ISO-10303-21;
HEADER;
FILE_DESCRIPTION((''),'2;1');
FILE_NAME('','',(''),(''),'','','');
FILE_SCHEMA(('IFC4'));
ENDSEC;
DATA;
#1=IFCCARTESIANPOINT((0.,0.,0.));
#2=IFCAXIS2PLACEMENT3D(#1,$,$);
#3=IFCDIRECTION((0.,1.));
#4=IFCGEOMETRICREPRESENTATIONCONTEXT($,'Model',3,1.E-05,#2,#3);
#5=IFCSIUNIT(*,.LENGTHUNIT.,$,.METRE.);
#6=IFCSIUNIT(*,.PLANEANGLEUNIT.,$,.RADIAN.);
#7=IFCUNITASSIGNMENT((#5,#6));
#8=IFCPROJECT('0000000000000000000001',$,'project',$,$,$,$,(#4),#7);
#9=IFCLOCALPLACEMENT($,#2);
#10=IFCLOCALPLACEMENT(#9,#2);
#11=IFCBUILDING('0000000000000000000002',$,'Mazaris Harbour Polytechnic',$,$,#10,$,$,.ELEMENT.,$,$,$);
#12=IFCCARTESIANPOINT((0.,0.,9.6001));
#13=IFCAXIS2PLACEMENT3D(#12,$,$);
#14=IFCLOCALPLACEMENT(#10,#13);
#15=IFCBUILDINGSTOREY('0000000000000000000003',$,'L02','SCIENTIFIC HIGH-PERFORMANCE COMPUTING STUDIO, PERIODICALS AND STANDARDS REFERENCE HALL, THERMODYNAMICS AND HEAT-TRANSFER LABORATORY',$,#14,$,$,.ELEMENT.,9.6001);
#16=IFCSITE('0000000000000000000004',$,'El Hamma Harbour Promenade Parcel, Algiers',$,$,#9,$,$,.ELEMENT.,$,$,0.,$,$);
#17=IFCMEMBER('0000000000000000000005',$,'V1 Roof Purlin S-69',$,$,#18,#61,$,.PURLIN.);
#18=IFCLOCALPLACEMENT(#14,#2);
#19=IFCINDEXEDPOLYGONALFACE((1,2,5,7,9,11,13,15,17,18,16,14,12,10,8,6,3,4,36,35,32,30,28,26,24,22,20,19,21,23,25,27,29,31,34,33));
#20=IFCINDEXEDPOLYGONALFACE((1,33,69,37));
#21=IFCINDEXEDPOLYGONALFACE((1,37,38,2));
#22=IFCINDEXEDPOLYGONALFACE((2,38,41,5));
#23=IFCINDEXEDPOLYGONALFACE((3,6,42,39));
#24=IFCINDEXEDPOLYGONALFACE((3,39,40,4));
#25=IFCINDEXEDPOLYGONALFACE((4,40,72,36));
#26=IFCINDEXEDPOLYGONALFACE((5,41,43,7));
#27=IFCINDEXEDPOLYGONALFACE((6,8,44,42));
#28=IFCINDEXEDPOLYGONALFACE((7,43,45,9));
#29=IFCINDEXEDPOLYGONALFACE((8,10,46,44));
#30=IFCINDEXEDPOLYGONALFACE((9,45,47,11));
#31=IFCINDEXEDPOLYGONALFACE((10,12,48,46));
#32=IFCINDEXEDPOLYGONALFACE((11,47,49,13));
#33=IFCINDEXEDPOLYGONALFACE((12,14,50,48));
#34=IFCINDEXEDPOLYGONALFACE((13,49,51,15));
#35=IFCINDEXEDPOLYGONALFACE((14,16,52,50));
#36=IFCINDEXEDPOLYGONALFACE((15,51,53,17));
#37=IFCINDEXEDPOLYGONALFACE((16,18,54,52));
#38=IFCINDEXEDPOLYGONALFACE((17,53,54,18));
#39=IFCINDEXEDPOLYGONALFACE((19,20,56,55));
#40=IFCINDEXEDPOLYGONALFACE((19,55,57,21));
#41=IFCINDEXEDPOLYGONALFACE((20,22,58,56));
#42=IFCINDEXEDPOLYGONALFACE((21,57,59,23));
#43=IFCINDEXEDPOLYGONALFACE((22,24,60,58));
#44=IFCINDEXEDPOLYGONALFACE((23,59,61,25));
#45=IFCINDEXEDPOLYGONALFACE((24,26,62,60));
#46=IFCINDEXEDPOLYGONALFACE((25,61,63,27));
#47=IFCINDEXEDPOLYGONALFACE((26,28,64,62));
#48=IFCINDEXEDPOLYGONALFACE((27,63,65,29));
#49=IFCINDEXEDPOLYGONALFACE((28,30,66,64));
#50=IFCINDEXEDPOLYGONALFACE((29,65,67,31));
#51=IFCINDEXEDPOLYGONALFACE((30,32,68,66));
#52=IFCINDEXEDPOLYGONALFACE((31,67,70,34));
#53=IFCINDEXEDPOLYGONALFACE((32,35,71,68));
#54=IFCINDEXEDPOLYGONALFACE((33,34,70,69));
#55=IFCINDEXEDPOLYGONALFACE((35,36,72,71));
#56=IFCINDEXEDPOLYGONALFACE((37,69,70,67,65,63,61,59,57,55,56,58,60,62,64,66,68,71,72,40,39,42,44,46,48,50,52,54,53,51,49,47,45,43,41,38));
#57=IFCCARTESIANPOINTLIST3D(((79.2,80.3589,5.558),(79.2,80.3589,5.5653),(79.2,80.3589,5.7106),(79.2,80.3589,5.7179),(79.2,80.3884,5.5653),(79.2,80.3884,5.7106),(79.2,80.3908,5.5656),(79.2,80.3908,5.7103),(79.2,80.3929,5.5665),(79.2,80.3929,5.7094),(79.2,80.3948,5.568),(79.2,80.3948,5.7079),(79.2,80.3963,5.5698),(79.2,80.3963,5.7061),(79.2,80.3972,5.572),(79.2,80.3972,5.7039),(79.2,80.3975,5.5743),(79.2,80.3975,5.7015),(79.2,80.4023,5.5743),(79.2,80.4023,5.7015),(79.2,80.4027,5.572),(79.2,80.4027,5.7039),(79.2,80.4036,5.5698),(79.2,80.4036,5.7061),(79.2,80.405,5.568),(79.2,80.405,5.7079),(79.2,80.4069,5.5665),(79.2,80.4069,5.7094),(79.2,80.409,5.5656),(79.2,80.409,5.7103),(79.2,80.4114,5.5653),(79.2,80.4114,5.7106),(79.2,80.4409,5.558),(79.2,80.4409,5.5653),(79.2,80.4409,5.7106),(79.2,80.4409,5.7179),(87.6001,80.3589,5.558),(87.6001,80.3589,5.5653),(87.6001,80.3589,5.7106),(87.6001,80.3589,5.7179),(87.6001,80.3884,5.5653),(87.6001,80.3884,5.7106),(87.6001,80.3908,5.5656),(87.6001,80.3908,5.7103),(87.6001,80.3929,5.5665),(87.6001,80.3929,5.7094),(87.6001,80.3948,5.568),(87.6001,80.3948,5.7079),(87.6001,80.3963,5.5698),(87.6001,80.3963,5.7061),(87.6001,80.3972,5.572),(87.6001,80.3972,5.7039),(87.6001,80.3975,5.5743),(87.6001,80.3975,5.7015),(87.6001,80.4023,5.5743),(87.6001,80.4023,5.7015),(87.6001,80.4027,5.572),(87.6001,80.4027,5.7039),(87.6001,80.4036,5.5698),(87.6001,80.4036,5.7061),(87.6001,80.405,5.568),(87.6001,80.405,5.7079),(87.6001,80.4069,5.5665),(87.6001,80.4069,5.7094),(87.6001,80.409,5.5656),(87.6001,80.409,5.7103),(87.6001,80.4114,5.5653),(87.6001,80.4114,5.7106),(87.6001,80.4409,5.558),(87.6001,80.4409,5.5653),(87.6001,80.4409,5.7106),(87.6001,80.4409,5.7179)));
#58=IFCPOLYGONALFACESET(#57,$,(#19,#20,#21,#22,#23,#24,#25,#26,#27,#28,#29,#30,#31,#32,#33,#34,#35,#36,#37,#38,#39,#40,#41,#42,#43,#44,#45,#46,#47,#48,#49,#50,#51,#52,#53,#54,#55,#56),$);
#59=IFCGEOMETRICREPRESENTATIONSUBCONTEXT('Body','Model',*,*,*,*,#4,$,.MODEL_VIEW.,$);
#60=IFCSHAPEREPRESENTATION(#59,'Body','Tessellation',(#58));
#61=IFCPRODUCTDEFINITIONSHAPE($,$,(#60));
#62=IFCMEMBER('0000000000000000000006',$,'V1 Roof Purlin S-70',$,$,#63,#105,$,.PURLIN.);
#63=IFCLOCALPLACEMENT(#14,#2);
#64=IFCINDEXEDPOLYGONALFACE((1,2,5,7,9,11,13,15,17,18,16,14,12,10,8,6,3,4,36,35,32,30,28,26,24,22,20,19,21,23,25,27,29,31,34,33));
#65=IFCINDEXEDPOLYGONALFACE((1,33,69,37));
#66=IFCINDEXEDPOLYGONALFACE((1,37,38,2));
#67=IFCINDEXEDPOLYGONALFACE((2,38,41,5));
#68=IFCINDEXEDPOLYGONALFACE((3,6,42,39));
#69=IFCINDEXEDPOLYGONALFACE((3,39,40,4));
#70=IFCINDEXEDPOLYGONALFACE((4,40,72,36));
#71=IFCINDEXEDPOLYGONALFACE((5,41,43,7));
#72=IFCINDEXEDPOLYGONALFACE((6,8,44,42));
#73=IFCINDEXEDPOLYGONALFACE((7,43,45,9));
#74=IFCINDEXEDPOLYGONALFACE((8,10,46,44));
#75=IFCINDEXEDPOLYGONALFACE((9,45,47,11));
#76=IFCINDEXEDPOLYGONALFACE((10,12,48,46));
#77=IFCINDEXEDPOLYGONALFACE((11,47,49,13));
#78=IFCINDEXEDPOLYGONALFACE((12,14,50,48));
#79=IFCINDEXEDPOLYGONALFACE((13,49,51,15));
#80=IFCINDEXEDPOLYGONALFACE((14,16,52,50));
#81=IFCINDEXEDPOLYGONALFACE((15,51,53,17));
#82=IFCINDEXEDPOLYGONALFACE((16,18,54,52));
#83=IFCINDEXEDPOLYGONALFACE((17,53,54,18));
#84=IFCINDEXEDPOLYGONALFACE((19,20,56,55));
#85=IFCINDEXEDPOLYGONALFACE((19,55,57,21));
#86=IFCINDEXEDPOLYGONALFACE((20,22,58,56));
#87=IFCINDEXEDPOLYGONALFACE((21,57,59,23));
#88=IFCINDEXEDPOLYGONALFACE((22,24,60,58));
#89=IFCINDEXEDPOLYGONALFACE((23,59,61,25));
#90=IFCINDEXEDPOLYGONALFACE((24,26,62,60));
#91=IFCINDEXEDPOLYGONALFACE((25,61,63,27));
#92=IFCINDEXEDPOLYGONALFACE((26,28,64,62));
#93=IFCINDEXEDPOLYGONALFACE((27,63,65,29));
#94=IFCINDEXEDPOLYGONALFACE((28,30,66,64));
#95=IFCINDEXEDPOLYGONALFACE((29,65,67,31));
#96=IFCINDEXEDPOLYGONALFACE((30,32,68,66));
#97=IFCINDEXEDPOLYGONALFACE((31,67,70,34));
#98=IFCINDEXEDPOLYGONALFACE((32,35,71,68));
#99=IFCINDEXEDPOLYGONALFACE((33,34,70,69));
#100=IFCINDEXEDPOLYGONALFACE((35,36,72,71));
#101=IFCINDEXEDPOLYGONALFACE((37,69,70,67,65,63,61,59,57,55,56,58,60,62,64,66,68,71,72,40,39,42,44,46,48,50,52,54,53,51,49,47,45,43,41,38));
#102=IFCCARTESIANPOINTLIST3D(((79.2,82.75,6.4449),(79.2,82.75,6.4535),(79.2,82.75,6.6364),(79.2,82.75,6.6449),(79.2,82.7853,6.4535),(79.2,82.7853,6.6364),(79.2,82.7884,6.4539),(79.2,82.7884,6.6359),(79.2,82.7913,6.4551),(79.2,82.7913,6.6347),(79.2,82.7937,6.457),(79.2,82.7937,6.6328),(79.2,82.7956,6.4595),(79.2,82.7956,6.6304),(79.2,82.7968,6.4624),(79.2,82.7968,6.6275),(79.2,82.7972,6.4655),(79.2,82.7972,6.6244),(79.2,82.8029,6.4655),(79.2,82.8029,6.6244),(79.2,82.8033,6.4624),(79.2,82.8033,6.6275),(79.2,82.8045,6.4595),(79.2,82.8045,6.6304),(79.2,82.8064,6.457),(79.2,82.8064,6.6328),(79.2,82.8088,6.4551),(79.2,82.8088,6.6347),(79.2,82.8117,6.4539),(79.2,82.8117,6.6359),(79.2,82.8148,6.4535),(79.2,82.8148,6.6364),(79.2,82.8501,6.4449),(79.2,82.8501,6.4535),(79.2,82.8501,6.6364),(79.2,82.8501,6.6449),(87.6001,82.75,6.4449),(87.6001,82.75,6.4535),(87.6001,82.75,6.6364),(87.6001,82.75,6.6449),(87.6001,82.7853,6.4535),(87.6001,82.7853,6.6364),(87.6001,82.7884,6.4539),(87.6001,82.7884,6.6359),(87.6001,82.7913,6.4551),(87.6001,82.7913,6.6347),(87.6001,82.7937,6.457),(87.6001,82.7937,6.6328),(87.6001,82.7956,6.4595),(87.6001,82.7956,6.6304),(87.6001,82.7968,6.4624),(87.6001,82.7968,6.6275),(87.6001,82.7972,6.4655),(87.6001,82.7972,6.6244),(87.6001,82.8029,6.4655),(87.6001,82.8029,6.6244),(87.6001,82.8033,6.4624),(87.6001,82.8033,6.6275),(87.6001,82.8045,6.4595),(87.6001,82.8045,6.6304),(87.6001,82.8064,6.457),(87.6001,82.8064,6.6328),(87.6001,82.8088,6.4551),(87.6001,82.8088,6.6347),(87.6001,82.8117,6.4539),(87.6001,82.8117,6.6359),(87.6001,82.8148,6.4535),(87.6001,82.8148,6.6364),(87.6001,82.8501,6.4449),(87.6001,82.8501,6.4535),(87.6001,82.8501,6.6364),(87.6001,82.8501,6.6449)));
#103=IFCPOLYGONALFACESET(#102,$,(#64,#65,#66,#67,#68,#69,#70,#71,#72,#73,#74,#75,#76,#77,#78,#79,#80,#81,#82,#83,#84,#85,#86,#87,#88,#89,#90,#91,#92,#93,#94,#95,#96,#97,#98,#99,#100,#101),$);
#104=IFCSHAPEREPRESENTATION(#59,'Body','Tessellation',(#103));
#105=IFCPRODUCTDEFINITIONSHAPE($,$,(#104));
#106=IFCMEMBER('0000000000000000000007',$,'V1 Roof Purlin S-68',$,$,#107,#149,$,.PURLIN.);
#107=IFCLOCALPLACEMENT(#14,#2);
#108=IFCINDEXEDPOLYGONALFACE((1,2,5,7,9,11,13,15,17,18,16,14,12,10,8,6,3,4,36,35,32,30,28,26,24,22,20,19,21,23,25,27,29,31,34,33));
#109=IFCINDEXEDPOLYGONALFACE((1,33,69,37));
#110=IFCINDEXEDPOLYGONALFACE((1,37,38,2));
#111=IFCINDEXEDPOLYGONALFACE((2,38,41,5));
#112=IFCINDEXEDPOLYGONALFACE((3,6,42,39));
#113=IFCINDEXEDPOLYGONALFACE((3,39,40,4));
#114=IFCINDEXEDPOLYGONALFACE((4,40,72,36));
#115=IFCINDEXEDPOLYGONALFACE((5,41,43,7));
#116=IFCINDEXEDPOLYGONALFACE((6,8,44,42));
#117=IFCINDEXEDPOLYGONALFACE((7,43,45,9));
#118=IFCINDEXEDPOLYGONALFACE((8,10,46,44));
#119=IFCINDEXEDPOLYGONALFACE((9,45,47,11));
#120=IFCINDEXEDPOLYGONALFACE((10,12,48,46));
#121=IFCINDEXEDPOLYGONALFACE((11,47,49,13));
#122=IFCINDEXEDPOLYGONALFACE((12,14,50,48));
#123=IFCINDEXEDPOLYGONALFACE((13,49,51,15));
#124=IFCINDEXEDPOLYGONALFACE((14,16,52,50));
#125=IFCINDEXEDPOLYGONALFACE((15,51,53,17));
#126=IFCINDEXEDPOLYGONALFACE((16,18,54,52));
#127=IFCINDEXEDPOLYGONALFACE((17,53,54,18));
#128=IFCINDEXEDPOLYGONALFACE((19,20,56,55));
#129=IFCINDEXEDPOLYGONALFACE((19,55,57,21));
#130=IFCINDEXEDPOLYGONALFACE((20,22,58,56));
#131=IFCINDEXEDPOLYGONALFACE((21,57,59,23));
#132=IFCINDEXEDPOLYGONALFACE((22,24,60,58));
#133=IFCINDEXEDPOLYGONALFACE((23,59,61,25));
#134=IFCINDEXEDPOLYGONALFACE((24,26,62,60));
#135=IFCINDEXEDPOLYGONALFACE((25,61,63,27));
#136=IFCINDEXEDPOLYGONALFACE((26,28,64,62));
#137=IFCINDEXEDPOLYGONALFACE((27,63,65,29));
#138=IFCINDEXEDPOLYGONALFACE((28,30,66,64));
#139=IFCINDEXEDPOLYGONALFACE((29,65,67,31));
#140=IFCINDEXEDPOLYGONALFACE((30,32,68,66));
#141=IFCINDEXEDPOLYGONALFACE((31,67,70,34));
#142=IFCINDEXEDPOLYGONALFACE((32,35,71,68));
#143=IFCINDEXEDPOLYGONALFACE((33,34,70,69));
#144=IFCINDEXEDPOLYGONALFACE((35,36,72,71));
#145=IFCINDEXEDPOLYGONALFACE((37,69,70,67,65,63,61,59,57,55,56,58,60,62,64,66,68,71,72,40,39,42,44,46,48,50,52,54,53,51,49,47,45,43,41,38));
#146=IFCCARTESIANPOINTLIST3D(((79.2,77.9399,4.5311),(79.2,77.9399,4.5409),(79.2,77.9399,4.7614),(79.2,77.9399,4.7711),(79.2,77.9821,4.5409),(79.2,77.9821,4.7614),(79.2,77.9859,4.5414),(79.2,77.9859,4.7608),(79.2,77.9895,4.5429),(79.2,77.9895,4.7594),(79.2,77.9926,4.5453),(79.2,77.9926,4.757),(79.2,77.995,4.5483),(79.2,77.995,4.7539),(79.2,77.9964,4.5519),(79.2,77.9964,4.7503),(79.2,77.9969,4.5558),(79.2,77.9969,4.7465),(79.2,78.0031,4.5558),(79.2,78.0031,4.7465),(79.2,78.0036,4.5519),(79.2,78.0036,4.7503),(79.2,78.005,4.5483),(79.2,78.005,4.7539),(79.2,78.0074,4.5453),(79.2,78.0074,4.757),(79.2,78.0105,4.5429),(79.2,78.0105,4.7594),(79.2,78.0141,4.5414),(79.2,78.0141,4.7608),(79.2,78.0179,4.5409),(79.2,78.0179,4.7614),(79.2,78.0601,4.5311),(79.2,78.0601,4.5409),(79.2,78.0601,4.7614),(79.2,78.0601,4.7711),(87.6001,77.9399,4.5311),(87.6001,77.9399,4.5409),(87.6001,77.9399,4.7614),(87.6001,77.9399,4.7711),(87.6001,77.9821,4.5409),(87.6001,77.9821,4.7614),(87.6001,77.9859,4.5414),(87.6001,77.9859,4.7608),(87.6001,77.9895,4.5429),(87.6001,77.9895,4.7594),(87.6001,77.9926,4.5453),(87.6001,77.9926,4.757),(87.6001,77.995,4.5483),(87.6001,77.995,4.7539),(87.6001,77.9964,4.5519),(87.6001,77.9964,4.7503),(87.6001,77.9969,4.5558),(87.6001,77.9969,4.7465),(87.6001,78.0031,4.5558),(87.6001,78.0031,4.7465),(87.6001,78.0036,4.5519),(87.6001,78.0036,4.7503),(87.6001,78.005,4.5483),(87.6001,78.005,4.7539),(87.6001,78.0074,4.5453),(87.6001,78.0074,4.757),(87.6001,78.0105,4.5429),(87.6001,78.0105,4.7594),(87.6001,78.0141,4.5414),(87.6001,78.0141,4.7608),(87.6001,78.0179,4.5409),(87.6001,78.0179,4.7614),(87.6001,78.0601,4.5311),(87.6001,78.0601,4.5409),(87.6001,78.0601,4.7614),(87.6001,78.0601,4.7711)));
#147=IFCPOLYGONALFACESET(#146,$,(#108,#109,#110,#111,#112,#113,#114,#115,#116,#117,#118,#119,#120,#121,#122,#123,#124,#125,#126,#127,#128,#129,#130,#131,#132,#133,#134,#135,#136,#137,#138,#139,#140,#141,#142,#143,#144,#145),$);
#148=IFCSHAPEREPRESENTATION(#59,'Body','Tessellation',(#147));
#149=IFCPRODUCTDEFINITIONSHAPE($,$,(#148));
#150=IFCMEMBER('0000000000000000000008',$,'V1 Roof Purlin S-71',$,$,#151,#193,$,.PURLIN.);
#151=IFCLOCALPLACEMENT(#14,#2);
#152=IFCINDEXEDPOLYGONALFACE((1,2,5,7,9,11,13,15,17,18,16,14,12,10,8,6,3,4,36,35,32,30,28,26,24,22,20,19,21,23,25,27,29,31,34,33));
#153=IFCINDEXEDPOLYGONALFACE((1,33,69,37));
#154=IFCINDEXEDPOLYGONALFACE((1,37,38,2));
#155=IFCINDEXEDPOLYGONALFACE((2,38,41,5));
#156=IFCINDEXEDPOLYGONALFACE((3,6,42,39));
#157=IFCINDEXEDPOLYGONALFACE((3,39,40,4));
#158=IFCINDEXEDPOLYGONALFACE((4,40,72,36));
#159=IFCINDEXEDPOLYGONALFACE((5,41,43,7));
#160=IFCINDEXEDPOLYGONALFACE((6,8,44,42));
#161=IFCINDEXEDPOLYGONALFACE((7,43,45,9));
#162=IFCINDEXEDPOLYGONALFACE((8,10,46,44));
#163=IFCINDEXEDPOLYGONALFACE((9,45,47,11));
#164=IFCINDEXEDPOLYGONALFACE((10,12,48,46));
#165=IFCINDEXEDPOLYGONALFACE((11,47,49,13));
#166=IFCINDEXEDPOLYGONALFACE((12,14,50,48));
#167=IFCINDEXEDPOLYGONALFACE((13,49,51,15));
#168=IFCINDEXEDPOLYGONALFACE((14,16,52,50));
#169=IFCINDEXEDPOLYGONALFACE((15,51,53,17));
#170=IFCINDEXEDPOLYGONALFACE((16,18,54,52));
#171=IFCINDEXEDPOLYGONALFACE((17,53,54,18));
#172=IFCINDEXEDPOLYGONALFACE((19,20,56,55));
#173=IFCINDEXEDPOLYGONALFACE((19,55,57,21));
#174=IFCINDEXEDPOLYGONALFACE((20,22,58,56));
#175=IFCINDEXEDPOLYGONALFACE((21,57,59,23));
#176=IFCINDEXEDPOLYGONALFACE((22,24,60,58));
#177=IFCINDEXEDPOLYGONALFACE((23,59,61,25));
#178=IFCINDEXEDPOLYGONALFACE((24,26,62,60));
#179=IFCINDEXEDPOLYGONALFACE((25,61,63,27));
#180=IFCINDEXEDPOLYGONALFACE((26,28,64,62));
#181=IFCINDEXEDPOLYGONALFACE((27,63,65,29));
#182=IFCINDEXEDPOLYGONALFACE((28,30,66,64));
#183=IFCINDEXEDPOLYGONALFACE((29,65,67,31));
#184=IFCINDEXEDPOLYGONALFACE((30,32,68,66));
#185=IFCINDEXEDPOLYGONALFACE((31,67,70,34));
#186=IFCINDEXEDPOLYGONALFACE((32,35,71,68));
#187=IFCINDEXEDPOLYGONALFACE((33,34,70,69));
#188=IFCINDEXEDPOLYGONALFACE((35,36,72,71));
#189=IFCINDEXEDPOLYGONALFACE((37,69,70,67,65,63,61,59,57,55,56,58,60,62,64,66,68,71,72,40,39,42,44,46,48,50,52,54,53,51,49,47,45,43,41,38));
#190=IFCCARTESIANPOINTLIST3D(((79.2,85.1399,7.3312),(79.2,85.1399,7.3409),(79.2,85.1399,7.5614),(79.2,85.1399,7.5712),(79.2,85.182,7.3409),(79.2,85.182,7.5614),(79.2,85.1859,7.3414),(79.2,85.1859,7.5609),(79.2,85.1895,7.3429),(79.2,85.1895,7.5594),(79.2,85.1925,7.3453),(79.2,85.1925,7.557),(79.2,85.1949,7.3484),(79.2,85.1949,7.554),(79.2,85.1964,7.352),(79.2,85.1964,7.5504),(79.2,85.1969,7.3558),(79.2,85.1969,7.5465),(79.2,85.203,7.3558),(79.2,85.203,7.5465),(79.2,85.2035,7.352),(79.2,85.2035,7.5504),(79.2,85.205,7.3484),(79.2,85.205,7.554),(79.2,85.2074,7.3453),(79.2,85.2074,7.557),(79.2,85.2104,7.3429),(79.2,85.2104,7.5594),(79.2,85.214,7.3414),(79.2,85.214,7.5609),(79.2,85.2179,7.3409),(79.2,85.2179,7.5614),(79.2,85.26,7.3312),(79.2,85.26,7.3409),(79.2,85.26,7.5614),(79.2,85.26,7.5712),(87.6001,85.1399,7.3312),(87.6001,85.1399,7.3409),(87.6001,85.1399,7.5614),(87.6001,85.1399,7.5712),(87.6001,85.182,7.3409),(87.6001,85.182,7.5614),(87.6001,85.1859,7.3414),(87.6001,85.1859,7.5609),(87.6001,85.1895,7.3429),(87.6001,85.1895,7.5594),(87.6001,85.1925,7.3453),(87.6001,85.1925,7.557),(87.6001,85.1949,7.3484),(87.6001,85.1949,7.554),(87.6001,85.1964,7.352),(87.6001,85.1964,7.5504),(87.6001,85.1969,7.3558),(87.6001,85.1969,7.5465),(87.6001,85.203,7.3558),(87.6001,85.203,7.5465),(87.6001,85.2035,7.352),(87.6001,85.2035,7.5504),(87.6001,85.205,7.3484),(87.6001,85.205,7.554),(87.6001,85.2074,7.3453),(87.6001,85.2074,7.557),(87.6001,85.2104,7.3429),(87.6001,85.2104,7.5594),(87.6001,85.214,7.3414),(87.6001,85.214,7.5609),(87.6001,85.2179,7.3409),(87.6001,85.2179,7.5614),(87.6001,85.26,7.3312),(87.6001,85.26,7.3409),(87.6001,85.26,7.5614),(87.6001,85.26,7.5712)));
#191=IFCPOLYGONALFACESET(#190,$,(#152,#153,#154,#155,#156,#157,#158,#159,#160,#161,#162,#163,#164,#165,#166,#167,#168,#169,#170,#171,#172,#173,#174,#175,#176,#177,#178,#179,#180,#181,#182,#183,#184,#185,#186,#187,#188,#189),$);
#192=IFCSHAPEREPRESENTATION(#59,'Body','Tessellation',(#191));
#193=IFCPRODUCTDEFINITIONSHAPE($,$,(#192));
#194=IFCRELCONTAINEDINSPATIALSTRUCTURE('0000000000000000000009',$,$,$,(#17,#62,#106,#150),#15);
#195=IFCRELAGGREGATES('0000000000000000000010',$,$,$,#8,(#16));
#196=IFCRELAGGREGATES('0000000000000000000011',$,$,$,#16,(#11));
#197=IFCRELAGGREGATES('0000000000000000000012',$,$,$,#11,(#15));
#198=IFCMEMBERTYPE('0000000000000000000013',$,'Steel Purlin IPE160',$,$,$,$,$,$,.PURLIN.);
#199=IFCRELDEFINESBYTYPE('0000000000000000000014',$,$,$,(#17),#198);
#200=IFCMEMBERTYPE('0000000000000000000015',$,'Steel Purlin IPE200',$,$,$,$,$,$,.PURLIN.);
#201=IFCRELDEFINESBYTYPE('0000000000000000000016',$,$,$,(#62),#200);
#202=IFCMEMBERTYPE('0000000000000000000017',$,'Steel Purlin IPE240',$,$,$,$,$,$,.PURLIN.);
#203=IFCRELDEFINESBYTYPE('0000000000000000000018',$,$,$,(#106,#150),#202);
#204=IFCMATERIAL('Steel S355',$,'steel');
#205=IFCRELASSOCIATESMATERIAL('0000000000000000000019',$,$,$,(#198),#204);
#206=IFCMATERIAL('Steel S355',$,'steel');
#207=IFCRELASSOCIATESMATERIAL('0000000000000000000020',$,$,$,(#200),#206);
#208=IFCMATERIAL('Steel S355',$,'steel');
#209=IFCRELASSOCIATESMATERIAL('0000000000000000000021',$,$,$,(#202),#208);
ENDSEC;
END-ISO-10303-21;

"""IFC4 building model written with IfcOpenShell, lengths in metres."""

from ifc_helpers import new_model, si_unit, direction, frame, origin, origin_2d, place, context, subcontext, project, spatial, i_section, extrude, material, material_profile, profile_set, type_object, element, save


model = new_model("IFC4")

# Units and contexts
model_context = context("Model", 3, precision=1e-05, world=origin(), true_north=direction((0.0, 1.0)))
body_context = subcontext(model_context, "Body", "Model", "MODEL_VIEW")
ifc_project = project(units=[si_unit("LENGTHUNIT", "METRE"), si_unit("PLANEANGLEUNIT", "RADIAN")], contexts=[model_context])

# Site, building, storey
site_placement = place(None, origin())
site = spatial("IfcSite", under=ifc_project, at=site_placement, Name="El Hamma Harbour Promenade Parcel, Algiers", CompositionType="ELEMENT", RefElevation=0.0)
building_placement = place(site_placement, origin())
building = spatial("IfcBuilding", under=site, at=building_placement, Name="Mazaris Harbour Polytechnic", CompositionType="ELEMENT")
storey_placement = place(building_placement, frame((0.0, 0.0, 9.6001)))
storey = spatial("IfcBuildingStorey", under=building, at=storey_placement, Name="L02", Description="SCIENTIFIC HIGH-PERFORMANCE COMPUTING STUDIO, PERIODICALS AND STANDARDS REFERENCE HALL, THERMODYNAMICS AND HEAT-TRANSFER LABORATORY", CompositionType="ELEMENT", Elevation=9.6001)

# Members
ifc_material_1 = material(Name="Steel S355", Category="steel")
ifc_material_profile_1 = material_profile(ifc_material_1, i_section(OverallWidth=0.082, OverallDepth=0.1599, WebThickness=0.0049, FlangeThickness=0.0073, FilletRadius=0.009, at=origin_2d()), Name="IPE 160")
ifc_profile_set_1 = profile_set([ifc_material_profile_1], Name="Steel S355")
member_type_1 = type_object("IfcMemberType", Name="Steel Purlin IPE160", PredefinedType="PURLIN", material=ifc_profile_set_1)
member_1_placement = place(storey_placement, frame((79.2, 80.3999, 5.6379), z_axis=(1.0, 0.0, 0.0), x_axis=(0.0, 1.0, 0.0)))
element("IfcMember", 1, at=member_1_placement, inside=storey, type_object=member_type_1, Name="V1 Roof Purlin S-69", PredefinedType="PURLIN", context=body_context, shape_type="SweptSolid", body=[
    extrude(i_section(OverallWidth=0.082, OverallDepth=0.1599, WebThickness=0.0049, FlangeThickness=0.0073, FilletRadius=0.009, at=origin_2d()), origin(), (0.0, 0.0, 1.0), 8.4001),
])
ifc_material_2 = material(Name="Steel S355", Category="steel")
ifc_material_profile_2 = material_profile(ifc_material_2, i_section(OverallWidth=0.1001, OverallDepth=0.2, WebThickness=0.0056, FlangeThickness=0.0085, FilletRadius=0.012, at=origin_2d()), Name="IPE 200")
ifc_profile_set_2 = profile_set([ifc_material_profile_2], Name="Steel S355")
member_type_2 = type_object("IfcMemberType", Name="Steel Purlin IPE200", PredefinedType="PURLIN", material=ifc_profile_set_2)
member_2_placement = place(storey_placement, frame((79.2, 82.8, 6.5449), z_axis=(1.0, 0.0, 0.0), x_axis=(0.0, 1.0, 0.0)))
element("IfcMember", 2, at=member_2_placement, inside=storey, type_object=member_type_2, Name="V1 Roof Purlin S-70", PredefinedType="PURLIN", context=body_context, shape_type="SweptSolid", body=[
    extrude(i_section(OverallWidth=0.1001, OverallDepth=0.2, WebThickness=0.0056, FlangeThickness=0.0085, FilletRadius=0.012, at=origin_2d()), origin(), (0.0, 0.0, 1.0), 8.4001),
])
ifc_material_3 = material(Name="Steel S355", Category="steel")
ifc_material_profile_3 = material_profile(ifc_material_3, i_section(OverallWidth=0.1201, OverallDepth=0.24, WebThickness=0.0061, FlangeThickness=0.0098, FilletRadius=0.0149, at=origin_2d()), Name="IPE 240")
ifc_profile_set_3 = profile_set([ifc_material_profile_3], Name="Steel S355")
member_type_3 = type_object("IfcMemberType", Name="Steel Purlin IPE240", PredefinedType="PURLIN", material=ifc_profile_set_3)
for number, where, z_axis, x_axis, name in (
    (3, (79.2, 78.0, 4.6511), (1.0, 0.0, 0.0), (0.0, 1.0, 0.0), "V1 Roof Purlin S-68"),
    (4, (79.2, 85.2, 7.4512), (1.0, 0.0, 0.0), (0.0, 1.0, 0.0), "V1 Roof Purlin S-71"),
):
    element("IfcMember", number, at=place(storey_placement, frame(where, z_axis=z_axis, x_axis=x_axis)), inside=storey, type_object=member_type_3, Name=name, PredefinedType="PURLIN", context=body_context, shape_type="SweptSolid", body=[
        extrude(i_section(OverallWidth=0.1201, OverallDepth=0.24, WebThickness=0.0061, FlangeThickness=0.0098, FilletRadius=0.0149, at=origin_2d()), origin(), (0.0, 0.0, 1.0), 8.4001),
    ])

save(model, "model.ifc")
